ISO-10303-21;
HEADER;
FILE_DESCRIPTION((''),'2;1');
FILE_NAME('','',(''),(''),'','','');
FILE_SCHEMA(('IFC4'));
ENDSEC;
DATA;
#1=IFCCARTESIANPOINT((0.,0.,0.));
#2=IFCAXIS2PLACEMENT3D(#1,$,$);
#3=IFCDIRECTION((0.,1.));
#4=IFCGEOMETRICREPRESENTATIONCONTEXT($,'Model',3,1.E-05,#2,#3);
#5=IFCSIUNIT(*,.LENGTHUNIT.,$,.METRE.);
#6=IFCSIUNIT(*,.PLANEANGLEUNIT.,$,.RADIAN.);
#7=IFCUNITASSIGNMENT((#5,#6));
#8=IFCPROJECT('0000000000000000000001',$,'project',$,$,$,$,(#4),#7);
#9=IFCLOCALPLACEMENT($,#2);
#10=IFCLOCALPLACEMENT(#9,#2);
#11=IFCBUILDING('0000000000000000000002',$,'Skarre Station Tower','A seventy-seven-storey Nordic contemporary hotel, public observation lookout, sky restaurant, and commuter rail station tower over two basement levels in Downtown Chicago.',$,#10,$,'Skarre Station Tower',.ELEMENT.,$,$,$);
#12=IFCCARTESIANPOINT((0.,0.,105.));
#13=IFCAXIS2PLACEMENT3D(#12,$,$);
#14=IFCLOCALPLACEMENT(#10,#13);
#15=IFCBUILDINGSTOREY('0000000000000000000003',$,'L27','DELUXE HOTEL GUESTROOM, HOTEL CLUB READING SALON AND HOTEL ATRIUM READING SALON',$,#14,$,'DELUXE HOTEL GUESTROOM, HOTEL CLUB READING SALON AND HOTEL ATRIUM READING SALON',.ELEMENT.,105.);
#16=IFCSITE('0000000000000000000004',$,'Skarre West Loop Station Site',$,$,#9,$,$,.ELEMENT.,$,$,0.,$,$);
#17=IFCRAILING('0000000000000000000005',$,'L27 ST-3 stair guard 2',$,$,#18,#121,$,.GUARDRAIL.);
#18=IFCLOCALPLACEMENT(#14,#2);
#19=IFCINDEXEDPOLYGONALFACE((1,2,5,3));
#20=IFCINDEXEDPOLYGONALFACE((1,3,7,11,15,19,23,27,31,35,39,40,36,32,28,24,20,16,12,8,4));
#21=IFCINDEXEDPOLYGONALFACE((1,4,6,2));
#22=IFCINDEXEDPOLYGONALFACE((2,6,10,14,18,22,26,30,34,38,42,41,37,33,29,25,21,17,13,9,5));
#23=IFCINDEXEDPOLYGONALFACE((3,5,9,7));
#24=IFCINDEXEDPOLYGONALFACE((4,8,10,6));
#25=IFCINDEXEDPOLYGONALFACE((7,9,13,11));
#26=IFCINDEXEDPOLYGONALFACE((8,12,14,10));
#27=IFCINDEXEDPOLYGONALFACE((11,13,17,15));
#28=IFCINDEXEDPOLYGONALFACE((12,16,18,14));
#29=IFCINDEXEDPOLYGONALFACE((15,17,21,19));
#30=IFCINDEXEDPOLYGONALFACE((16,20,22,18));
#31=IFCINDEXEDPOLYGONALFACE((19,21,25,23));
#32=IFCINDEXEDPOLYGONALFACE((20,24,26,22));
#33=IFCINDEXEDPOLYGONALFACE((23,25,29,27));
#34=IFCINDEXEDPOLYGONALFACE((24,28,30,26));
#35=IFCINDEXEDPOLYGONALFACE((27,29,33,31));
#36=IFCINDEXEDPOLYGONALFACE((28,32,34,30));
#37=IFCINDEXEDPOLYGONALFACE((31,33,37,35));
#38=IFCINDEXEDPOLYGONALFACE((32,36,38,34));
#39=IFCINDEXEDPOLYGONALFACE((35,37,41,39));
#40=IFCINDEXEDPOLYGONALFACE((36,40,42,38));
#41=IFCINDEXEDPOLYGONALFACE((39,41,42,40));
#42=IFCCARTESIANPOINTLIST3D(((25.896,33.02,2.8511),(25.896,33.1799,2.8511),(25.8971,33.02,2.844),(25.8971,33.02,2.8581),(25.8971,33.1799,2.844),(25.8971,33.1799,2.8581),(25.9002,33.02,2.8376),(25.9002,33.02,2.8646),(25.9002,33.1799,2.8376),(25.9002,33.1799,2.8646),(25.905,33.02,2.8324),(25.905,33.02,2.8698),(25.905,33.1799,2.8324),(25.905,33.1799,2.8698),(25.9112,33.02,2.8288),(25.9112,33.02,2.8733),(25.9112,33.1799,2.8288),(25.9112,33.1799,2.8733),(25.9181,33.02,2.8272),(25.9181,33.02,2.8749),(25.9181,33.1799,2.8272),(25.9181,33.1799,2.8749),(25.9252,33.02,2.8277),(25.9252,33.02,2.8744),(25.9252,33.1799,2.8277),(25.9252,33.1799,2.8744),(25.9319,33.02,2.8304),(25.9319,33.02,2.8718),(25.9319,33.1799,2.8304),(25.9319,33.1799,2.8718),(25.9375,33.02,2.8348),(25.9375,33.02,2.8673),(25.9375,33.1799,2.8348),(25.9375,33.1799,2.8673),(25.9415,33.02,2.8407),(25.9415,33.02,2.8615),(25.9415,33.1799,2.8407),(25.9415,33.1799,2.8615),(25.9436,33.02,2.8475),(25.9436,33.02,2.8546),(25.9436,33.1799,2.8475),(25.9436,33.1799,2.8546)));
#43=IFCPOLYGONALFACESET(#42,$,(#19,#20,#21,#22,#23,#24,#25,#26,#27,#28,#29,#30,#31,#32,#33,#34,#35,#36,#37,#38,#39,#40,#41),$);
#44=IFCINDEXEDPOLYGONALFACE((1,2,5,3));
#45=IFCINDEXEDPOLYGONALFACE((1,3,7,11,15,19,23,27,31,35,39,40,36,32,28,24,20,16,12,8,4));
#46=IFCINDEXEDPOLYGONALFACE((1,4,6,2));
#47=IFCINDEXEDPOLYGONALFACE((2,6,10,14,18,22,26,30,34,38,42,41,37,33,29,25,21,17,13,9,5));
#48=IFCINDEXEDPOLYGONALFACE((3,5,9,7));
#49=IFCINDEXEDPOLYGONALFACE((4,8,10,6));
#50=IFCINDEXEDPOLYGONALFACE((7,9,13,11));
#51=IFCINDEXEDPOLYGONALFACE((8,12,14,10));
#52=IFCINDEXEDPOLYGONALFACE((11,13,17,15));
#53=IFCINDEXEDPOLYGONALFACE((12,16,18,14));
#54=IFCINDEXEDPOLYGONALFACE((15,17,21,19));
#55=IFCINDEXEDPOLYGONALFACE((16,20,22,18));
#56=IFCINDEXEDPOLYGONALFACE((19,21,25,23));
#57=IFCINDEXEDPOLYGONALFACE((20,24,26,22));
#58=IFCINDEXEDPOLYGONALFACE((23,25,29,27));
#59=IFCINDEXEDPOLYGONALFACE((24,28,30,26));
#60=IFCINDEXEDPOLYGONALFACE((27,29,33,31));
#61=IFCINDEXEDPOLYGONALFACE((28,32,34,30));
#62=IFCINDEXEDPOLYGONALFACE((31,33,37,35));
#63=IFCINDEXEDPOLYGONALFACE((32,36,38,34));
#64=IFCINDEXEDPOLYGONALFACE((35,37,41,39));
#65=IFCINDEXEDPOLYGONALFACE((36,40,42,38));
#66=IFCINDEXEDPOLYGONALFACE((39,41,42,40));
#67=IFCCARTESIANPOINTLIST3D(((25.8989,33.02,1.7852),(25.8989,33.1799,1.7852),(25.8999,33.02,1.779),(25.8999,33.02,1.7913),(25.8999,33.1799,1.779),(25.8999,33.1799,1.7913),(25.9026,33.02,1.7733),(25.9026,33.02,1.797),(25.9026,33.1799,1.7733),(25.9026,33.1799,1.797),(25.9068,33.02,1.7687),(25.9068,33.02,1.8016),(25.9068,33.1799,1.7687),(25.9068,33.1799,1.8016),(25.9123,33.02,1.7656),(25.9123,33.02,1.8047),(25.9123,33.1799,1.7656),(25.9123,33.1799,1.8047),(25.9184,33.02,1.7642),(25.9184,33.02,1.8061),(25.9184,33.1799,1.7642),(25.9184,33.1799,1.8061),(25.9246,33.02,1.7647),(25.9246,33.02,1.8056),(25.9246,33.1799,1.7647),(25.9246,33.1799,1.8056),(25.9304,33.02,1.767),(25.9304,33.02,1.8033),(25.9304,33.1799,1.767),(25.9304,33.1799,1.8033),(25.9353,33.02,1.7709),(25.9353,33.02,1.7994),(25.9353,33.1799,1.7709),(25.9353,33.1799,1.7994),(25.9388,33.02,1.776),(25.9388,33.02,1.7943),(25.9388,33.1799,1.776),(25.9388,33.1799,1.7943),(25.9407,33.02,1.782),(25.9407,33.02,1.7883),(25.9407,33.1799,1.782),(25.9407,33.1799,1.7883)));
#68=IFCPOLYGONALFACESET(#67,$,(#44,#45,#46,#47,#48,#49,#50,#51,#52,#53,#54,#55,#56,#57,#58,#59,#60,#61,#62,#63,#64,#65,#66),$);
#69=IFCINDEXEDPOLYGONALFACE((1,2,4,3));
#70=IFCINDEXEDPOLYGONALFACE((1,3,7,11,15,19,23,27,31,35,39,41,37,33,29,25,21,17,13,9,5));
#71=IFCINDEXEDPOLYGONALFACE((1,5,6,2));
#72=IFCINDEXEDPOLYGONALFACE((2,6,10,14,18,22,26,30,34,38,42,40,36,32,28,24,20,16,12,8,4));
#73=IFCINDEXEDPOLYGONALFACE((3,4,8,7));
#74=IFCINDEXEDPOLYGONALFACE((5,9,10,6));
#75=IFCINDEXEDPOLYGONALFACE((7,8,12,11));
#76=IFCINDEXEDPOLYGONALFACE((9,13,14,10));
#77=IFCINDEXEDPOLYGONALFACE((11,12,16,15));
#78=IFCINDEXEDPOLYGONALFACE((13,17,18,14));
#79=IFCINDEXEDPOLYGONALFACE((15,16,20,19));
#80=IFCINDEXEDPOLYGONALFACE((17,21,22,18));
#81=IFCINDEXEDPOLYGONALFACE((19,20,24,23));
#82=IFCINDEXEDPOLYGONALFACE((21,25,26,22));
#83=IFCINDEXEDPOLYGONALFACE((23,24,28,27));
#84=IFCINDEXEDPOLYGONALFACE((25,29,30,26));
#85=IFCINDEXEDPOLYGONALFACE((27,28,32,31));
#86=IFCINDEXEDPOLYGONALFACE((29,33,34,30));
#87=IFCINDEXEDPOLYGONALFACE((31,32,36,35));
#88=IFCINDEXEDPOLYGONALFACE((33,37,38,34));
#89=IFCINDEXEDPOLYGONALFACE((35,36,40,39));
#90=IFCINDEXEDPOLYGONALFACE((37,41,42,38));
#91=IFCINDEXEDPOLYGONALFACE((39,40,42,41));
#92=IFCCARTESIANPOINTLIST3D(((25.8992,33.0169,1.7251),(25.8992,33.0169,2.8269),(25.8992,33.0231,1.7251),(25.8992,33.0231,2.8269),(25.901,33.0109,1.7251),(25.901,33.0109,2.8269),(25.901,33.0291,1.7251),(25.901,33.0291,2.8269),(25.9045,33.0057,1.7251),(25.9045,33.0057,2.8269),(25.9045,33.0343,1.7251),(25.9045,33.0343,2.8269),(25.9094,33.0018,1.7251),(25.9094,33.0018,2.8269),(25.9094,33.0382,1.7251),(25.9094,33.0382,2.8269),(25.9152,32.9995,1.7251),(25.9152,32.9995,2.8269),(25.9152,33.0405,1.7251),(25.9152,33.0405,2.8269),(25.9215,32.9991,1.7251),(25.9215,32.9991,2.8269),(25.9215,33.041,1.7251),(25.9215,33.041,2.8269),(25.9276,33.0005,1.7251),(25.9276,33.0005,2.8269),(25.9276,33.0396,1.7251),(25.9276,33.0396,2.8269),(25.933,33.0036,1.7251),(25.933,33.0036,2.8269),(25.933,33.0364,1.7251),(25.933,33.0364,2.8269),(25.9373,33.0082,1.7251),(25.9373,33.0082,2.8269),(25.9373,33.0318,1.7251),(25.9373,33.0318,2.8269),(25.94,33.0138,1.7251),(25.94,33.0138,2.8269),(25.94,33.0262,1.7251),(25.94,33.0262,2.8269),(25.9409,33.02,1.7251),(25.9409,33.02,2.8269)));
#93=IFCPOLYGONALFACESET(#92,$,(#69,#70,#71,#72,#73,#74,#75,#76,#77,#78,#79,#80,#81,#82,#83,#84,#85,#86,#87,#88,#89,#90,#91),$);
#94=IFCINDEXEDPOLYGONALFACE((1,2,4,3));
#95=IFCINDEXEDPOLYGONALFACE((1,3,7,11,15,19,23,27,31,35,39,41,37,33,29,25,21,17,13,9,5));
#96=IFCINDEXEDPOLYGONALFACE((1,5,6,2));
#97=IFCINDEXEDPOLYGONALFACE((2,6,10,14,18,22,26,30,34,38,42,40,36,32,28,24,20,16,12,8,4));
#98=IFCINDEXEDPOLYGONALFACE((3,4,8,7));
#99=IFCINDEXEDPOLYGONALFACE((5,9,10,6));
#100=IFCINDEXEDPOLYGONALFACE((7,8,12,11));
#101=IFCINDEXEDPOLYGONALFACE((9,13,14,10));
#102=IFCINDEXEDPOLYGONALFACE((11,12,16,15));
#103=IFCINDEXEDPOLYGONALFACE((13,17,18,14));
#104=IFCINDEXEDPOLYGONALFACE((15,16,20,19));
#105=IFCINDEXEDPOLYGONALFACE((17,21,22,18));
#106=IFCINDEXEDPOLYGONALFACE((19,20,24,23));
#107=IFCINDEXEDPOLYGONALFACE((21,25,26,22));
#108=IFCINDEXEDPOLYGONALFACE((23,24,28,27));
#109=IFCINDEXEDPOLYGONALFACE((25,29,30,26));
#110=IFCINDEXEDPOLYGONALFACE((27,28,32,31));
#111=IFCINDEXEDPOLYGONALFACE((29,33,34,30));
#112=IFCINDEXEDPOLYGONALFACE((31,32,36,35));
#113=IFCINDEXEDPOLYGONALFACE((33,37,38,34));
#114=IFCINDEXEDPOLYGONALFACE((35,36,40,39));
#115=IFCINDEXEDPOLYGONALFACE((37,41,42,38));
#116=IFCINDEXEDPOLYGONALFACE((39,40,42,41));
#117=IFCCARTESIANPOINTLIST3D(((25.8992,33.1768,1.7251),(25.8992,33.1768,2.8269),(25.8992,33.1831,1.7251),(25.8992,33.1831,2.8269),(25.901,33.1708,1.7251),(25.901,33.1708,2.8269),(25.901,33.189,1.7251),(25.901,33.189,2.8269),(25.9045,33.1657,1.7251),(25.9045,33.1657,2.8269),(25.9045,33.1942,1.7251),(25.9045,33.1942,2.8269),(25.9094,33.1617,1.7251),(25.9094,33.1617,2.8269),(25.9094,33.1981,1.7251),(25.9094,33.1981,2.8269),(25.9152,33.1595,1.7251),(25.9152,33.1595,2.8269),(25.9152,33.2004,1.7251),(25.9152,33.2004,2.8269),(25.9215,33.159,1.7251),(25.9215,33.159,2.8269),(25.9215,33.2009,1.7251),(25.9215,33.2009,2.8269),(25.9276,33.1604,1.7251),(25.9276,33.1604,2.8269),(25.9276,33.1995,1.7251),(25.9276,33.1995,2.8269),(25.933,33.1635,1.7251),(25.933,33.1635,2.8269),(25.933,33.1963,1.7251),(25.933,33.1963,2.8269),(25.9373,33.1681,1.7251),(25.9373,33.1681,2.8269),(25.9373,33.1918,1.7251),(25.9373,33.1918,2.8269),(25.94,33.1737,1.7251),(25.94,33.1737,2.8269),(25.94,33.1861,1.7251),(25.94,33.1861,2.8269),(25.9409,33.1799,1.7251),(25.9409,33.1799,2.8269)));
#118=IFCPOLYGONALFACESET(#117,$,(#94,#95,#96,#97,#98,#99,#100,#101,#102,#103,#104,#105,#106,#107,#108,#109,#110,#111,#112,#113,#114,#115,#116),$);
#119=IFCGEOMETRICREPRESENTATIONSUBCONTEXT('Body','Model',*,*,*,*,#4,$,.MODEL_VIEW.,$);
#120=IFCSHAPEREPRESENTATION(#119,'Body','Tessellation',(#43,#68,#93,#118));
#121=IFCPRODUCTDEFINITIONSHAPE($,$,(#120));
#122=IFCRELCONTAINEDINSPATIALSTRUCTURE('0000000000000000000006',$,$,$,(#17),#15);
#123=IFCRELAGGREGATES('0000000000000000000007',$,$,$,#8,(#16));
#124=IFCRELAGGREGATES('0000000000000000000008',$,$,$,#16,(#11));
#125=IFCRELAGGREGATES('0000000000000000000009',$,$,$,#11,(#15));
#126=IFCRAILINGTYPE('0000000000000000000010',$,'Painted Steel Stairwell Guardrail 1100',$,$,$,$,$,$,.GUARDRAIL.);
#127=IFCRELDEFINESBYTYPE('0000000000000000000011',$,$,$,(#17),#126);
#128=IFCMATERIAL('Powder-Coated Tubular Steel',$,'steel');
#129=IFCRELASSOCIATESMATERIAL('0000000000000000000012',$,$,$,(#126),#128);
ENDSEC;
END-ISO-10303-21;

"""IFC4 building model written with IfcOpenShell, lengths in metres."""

from ifc_helpers import new_model, si_unit, direction, frame, origin, origin_2d, place, context, subcontext, project, spatial, circle, extrude, material, type_object, element, save


model = new_model("IFC4")

# Units and contexts
model_context = context("Model", 3, precision=1e-05, world=origin(), true_north=direction((0.0, 1.0)))
body_context = subcontext(model_context, "Body", "Model", "MODEL_VIEW")
ifc_project = project(units=[si_unit("LENGTHUNIT", "METRE"), si_unit("PLANEANGLEUNIT", "RADIAN")], contexts=[model_context])

# Site, building, storey
site_placement = place(None, origin())
site = spatial("IfcSite", under=ifc_project, at=site_placement, Name="Skarre West Loop Station Site", CompositionType="ELEMENT", RefElevation=0.0)
building_placement = place(site_placement, origin())
building = spatial("IfcBuilding", under=site, at=building_placement, Name="Skarre Station Tower", Description="A seventy-seven-storey Nordic contemporary hotel, public observation lookout, sky restaurant, and commuter rail station tower over two basement levels in Downtown Chicago.", LongName="Skarre Station Tower", CompositionType="ELEMENT")
storey_placement = place(building_placement, frame((0.0, 0.0, 105.0)))
storey = spatial("IfcBuildingStorey", under=building, at=storey_placement, Name="L27", Description="DELUXE HOTEL GUESTROOM, HOTEL CLUB READING SALON AND HOTEL ATRIUM READING SALON", LongName="DELUXE HOTEL GUESTROOM, HOTEL CLUB READING SALON AND HOTEL ATRIUM READING SALON", CompositionType="ELEMENT", Elevation=105.0)

# Railing
ifc_material_1 = material(Name="Powder-Coated Tubular Steel", Category="steel")
railing_type_1 = type_object("IfcRailingType", Name="Painted Steel Stairwell Guardrail 1100", PredefinedType="GUARDRAIL", material=ifc_material_1)
railing_1_placement = place(storey_placement, frame((25.9199, 33.02, 1.7251)))
element("IfcRailing", 1, at=railing_1_placement, inside=storey, type_object=railing_type_1, Name="L27 ST-3 stair guard 2", PredefinedType="GUARDRAIL", context=body_context, shape_type="SweptSolid", body=[
    extrude(circle(Radius=0.0239, at=origin_2d()), frame((0.0, 0.0, 1.126), z_axis=(0.0, 1.0, 0.0), x_axis=(-1.0, 0.0, 0.0)), (0.0, 0.0, 1.0), 0.1599),
    extrude(circle(Radius=0.021, at=origin_2d()), frame((0.0, 0.0, 0.0601), z_axis=(0.0, 1.0, 0.0), x_axis=(-1.0, 0.0, 0.0)), (0.0, 0.0, 1.0), 0.1599),
    extrude(circle(Radius=0.021, at=origin_2d()), origin(), (0.0, 0.0, 1.0), 1.1018),
    extrude(circle(Radius=0.021, at=origin_2d()), frame((0.0, 0.1599, 0.0)), (0.0, 0.0, 1.0), 1.1018),
])

save(model, "model.ifc")
